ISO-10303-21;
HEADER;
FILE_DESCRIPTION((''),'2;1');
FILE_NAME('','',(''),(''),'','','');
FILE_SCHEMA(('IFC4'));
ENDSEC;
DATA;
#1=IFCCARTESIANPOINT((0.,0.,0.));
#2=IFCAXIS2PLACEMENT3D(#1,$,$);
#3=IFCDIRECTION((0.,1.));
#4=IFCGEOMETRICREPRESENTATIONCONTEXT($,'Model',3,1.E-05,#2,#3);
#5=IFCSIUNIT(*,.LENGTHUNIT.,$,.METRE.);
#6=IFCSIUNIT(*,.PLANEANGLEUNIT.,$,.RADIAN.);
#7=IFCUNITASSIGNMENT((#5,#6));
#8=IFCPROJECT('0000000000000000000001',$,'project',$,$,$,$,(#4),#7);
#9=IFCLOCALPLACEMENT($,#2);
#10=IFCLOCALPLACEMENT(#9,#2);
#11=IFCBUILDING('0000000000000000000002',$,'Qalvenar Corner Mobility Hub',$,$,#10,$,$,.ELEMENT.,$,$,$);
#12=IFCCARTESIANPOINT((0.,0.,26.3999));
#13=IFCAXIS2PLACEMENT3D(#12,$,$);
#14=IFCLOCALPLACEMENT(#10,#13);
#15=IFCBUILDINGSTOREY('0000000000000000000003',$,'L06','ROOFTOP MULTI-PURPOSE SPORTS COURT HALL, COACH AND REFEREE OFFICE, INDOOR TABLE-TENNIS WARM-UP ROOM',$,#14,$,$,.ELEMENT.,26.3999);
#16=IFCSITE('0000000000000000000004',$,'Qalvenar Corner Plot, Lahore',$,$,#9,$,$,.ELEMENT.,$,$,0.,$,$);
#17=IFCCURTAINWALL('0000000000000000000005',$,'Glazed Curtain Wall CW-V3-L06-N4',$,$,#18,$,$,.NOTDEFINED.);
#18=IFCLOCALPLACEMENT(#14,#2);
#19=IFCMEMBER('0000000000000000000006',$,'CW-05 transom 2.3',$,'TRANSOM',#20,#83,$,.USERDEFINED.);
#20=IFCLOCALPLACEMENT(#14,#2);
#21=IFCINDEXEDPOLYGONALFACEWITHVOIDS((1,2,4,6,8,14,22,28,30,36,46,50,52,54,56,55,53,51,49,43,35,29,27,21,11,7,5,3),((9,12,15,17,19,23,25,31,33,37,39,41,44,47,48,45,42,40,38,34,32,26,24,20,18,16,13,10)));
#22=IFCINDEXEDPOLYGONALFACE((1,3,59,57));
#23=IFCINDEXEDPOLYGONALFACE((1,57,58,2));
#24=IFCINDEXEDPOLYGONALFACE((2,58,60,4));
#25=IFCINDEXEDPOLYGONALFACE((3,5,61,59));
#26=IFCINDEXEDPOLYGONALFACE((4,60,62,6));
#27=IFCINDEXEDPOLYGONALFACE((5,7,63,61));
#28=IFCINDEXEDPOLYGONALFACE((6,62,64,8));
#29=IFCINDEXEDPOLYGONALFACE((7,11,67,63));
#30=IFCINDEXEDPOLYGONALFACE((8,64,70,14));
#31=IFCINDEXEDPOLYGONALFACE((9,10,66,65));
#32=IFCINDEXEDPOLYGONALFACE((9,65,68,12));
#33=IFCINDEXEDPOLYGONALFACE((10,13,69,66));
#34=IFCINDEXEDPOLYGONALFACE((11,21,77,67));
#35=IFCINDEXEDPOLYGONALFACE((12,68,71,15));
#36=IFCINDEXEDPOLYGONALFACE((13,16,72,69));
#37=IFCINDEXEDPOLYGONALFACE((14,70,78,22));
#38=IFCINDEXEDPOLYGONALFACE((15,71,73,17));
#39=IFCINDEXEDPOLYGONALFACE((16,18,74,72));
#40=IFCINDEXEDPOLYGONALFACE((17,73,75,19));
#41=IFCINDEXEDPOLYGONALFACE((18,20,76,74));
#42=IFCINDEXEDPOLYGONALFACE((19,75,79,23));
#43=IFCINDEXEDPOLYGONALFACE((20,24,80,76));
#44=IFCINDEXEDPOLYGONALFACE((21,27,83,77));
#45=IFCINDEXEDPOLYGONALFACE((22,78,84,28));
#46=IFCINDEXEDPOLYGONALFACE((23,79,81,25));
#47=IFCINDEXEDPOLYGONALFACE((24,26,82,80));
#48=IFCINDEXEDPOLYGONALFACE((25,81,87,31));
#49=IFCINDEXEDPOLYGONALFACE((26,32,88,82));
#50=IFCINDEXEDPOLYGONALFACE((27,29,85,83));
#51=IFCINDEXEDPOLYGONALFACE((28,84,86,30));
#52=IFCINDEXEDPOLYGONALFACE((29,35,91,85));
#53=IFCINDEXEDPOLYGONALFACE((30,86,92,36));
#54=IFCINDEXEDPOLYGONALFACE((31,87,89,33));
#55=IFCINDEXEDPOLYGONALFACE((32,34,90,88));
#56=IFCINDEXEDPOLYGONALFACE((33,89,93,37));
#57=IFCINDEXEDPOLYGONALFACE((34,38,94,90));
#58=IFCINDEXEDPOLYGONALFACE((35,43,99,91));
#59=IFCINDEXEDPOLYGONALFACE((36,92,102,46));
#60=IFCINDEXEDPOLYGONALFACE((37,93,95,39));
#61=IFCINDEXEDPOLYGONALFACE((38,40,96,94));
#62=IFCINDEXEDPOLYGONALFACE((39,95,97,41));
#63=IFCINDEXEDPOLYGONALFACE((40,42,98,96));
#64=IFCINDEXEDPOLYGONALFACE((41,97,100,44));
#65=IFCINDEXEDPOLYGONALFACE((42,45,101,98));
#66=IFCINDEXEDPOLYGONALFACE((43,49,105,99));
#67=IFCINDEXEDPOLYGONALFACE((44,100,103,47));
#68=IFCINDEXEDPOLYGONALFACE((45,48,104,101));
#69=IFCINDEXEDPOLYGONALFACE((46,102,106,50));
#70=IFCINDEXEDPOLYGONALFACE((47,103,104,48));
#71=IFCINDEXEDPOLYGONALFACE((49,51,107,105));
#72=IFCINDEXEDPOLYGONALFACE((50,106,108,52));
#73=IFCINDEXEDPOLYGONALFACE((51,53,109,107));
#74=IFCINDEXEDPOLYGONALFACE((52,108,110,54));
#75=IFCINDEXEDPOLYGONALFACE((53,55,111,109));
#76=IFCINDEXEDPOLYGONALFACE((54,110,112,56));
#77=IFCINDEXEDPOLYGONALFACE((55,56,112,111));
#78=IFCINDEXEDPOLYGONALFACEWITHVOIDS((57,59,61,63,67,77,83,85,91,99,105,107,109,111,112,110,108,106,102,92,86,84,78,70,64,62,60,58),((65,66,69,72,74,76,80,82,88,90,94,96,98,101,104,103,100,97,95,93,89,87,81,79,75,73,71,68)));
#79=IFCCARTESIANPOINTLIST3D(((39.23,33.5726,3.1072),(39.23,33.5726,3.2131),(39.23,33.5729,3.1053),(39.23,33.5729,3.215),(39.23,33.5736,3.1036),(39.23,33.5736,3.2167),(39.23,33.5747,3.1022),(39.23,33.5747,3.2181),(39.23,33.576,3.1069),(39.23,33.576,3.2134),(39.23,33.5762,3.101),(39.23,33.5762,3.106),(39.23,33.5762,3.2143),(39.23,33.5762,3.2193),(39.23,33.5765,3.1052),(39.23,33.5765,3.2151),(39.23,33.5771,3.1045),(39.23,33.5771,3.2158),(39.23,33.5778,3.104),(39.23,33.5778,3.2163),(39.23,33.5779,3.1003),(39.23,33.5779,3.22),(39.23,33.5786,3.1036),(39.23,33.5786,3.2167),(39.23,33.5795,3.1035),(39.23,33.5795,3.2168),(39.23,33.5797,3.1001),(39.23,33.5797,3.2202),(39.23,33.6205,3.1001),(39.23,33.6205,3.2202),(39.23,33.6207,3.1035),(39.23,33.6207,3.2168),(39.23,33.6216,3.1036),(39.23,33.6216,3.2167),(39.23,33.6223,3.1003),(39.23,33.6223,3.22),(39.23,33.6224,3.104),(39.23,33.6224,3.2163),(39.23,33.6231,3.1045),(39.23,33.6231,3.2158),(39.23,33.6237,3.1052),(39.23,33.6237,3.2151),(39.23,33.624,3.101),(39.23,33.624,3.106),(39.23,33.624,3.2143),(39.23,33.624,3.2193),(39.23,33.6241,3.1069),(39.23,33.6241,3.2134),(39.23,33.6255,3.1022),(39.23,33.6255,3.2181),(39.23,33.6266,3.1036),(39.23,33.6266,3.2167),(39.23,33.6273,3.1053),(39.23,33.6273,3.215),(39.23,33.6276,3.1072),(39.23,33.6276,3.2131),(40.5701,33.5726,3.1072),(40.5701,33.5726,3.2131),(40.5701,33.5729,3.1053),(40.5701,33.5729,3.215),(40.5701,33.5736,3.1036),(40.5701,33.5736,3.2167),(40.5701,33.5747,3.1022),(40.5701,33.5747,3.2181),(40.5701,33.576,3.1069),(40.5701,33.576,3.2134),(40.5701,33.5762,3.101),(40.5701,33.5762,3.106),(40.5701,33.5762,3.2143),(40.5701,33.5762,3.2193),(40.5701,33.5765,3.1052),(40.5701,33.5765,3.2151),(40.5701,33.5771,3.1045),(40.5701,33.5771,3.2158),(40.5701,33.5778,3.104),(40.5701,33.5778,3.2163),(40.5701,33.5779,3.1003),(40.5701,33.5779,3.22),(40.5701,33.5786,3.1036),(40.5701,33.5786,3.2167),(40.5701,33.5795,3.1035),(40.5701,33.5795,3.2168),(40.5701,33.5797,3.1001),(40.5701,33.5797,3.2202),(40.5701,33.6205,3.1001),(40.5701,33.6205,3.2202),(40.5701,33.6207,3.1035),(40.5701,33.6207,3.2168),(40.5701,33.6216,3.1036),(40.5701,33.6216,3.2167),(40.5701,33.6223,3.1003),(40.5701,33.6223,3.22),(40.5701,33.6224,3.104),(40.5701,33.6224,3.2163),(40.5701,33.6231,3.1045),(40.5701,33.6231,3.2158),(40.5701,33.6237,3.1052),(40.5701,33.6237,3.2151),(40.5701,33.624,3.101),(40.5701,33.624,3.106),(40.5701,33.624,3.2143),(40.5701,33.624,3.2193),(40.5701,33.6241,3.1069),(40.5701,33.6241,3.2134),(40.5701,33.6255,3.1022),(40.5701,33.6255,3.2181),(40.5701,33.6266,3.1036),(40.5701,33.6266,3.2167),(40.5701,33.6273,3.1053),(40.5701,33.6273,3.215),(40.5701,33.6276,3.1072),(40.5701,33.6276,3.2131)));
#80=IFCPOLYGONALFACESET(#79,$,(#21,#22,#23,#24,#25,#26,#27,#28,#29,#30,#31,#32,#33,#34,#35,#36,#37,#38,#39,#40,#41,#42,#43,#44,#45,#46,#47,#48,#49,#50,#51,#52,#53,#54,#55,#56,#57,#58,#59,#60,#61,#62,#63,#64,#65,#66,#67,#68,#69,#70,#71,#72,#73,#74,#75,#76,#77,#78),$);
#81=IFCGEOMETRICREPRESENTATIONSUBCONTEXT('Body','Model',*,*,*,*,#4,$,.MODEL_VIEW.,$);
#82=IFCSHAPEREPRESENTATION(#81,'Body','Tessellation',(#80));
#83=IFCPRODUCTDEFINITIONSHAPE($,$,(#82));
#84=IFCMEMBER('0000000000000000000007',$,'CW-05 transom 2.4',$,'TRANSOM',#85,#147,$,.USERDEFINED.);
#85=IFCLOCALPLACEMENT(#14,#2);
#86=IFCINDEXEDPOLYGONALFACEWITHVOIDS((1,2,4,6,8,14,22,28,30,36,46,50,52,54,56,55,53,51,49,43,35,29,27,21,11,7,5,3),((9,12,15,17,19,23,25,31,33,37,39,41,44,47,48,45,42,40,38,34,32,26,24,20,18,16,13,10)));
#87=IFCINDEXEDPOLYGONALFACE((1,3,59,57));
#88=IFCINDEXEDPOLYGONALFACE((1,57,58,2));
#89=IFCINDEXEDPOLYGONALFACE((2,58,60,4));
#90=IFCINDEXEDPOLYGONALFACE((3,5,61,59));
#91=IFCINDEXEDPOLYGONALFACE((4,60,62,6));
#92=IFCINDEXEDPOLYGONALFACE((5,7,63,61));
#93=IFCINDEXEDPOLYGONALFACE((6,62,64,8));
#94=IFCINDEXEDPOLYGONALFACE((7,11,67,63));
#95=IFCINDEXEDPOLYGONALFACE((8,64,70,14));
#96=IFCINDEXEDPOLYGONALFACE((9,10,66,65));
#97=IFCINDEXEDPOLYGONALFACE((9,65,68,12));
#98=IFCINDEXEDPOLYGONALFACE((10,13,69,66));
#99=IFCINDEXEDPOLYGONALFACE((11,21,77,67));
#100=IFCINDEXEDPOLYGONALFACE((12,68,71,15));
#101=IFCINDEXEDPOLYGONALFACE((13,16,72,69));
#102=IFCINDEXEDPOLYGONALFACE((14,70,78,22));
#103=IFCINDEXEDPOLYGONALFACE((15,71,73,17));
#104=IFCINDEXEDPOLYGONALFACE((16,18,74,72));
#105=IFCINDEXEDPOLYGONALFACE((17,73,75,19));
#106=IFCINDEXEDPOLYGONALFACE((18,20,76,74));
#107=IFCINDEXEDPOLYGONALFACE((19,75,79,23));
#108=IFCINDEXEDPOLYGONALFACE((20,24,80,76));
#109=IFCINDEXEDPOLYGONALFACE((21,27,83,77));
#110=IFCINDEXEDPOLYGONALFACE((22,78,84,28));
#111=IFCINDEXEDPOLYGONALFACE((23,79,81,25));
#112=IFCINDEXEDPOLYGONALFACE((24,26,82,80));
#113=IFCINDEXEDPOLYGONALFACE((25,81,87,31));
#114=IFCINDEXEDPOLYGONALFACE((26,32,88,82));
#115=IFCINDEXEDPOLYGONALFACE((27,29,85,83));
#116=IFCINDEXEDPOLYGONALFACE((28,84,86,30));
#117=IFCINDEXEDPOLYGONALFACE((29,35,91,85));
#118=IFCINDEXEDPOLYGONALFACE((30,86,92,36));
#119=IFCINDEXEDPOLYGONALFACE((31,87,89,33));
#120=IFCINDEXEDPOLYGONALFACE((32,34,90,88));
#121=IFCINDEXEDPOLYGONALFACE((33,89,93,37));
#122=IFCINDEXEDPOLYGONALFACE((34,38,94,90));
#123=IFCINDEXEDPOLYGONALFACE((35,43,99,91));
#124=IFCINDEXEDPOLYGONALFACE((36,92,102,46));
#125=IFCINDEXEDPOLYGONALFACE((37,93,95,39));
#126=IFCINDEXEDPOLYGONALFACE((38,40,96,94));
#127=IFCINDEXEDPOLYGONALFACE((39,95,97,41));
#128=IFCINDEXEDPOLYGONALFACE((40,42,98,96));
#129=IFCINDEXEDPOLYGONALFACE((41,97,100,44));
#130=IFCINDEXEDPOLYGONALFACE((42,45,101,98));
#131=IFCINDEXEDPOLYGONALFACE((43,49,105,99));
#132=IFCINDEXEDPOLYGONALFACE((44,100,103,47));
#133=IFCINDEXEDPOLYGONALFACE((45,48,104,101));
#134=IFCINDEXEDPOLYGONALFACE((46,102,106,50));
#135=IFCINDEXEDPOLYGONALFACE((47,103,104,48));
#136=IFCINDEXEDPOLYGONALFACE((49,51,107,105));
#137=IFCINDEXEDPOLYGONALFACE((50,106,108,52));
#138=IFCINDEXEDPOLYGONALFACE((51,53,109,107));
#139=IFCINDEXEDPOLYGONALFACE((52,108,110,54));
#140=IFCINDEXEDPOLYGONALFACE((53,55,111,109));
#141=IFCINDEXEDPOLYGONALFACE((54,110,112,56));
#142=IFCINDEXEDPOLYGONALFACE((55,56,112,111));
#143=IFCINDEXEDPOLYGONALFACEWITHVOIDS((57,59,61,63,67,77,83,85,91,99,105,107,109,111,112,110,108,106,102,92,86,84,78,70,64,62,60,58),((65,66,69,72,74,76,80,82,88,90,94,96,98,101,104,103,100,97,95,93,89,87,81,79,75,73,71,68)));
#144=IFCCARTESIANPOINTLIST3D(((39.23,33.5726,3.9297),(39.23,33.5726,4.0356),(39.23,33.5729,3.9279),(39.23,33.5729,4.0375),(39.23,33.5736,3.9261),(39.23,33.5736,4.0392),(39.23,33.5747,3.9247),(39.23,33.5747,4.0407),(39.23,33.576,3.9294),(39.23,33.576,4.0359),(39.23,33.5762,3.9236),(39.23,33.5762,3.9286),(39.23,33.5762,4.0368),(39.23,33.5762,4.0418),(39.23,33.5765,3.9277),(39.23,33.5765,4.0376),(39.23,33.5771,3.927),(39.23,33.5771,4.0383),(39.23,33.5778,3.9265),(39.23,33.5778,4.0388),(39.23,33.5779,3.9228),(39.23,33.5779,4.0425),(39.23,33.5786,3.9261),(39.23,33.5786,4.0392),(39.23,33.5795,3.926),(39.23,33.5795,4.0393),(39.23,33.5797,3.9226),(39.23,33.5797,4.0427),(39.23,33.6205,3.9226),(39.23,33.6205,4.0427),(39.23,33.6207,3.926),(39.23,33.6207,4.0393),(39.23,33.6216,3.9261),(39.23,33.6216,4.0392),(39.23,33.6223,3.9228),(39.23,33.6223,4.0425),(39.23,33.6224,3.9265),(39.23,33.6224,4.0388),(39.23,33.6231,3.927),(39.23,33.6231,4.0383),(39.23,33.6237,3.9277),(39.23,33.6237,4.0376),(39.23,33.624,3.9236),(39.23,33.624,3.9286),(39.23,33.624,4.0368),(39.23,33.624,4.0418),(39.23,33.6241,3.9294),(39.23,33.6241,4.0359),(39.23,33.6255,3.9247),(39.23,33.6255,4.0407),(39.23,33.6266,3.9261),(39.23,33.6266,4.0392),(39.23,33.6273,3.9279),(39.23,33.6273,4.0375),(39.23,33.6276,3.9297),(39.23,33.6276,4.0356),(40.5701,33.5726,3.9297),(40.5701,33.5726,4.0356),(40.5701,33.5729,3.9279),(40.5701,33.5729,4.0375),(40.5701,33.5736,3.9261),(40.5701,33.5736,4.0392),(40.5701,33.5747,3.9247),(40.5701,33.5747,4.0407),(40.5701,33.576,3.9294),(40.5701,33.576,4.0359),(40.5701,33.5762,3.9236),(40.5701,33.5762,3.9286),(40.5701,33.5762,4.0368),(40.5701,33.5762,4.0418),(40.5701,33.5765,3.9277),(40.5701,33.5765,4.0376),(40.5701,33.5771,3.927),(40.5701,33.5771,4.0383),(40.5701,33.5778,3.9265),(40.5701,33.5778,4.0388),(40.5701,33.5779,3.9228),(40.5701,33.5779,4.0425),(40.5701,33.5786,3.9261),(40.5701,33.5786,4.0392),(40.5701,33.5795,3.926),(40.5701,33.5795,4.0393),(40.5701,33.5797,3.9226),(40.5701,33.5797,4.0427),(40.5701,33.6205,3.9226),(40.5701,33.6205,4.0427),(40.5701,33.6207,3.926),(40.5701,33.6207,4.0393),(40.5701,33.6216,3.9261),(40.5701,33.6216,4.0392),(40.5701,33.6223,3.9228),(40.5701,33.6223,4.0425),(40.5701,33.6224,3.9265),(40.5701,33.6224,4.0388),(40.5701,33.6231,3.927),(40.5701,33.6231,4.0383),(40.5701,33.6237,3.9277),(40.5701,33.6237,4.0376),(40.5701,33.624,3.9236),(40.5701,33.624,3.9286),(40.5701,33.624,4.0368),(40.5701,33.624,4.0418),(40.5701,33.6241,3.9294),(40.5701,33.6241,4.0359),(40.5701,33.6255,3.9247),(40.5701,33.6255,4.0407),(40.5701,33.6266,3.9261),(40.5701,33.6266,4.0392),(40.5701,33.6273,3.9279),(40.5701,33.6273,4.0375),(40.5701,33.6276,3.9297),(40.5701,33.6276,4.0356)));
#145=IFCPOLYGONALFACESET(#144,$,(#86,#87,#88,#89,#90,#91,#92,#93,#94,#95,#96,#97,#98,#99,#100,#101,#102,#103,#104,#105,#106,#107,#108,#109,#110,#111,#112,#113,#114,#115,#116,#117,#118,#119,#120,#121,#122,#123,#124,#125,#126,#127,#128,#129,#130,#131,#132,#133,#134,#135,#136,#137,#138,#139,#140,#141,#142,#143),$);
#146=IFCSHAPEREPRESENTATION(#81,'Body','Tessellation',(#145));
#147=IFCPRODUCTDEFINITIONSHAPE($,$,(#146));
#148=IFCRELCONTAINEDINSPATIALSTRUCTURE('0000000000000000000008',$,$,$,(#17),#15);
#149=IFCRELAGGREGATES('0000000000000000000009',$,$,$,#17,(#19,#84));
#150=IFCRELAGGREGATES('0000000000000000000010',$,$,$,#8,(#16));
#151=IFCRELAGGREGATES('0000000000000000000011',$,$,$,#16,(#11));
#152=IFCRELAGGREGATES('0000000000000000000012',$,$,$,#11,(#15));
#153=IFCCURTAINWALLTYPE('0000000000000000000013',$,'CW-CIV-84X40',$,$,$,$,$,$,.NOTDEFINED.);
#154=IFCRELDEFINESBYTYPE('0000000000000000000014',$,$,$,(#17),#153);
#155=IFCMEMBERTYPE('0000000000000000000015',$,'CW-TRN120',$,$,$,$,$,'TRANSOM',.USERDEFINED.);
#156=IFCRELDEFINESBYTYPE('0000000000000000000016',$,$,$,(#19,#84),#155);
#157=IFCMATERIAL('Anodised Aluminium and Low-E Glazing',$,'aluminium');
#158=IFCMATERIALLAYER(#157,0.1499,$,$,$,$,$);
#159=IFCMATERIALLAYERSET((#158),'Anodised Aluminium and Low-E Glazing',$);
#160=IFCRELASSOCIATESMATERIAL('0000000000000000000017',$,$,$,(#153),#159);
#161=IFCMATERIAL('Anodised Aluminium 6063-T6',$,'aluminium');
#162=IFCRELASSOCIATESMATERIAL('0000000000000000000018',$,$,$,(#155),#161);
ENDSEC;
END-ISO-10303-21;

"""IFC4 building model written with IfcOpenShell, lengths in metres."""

from ifc_helpers import new_model, si_unit, direction, frame, origin, origin_2d, place, context, subcontext, project, spatial, hollow_rectangle, extrude, material, layer, layer_set, material_profile, profile_set, type_object, element, aggregate, save


model = new_model("IFC4")

# Units and contexts
model_context = context("Model", 3, precision=1e-05, world=origin(), true_north=direction((0.0, 1.0)))
body_context = subcontext(model_context, "Body", "Model", "MODEL_VIEW")
ifc_project = project(units=[si_unit("LENGTHUNIT", "METRE"), si_unit("PLANEANGLEUNIT", "RADIAN")], contexts=[model_context])

# Site, building, storey
site_placement = place(None, origin())
site = spatial("IfcSite", under=ifc_project, at=site_placement, Name="Qalvenar Corner Plot, Lahore", CompositionType="ELEMENT", RefElevation=0.0)
building_placement = place(site_placement, origin())
building = spatial("IfcBuilding", under=site, at=building_placement, Name="Qalvenar Corner Mobility Hub", CompositionType="ELEMENT")
storey_placement = place(building_placement, frame((0.0, 0.0, 26.3999)))
storey = spatial("IfcBuildingStorey", under=building, at=storey_placement, Name="L06", Description="ROOFTOP MULTI-PURPOSE SPORTS COURT HALL, COACH AND REFEREE OFFICE, INDOOR TABLE-TENNIS WARM-UP ROOM", CompositionType="ELEMENT", Elevation=26.3999)

# Curtain wall, members
ifc_material_1 = material(Name="Anodised Aluminium and Low-E Glazing", Category="aluminium")
ifc_layer_1 = layer(ifc_material_1, 0.1499)
ifc_layer_set_1 = layer_set([ifc_layer_1], Name="Anodised Aluminium and Low-E Glazing")
curtain_wall_type = type_object("IfcCurtainWallType", Name="CW-CIV-84X40", PredefinedType="NOTDEFINED", material=ifc_layer_set_1)
curtain_wall_placement = place(storey_placement, origin())
curtain_wall = element("IfcCurtainWall", 1, at=curtain_wall_placement, inside=storey, type_object=curtain_wall_type, Name="Glazed Curtain Wall CW-V3-L06-N4", PredefinedType="NOTDEFINED")
ifc_material_2 = material(Name="Anodised Aluminium 6063-T6", Category="aluminium")
ifc_material_profile_1 = material_profile(ifc_material_2, hollow_rectangle(XDim=0.0549, YDim=0.1201, WallThickness=0.0034, InnerFilletRadius=0.0034, OuterFilletRadius=0.0071, at=origin_2d()), Name="RHS120x55x3.5")
ifc_profile_set_1 = profile_set([ifc_material_profile_1], Name="Anodised Aluminium 6063-T6")
member_type_1 = type_object("IfcMemberType", Name="CW-TRN120", ElementType="TRANSOM", PredefinedType="USERDEFINED", material=ifc_profile_set_1)
member_1_placement = place(storey_placement, frame((40.5701, 33.6001, 3.1602), z_axis=(-1.0, 0.0, 0.0), x_axis=(0.0, -1.0, 0.0)))
member_1 = element("IfcMember", 2, at=member_1_placement, type_object=member_type_1, Name="CW-05 transom 2.3", ObjectType="TRANSOM", PredefinedType="USERDEFINED", context=body_context, shape_type="SweptSolid", body=[
    extrude(hollow_rectangle(XDim=0.0549, YDim=0.1201, WallThickness=0.0034, InnerFilletRadius=0.0034, OuterFilletRadius=0.0071, at=origin_2d()), origin(), (0.0, 0.0, 1.0), 1.3401),
])
member_2_placement = place(storey_placement, frame((40.5701, 33.6001, 3.9827), z_axis=(-1.0, 0.0, 0.0), x_axis=(0.0, -1.0, 0.0)))
member_2 = element("IfcMember", 3, at=member_2_placement, type_object=member_type_1, Name="CW-05 transom 2.4", ObjectType="TRANSOM", PredefinedType="USERDEFINED", context=body_context, shape_type="SweptSolid", body=[
    extrude(hollow_rectangle(XDim=0.0549, YDim=0.1201, WallThickness=0.0034, InnerFilletRadius=0.0034, OuterFilletRadius=0.0071, at=origin_2d()), origin(), (0.0, 0.0, 1.0), 1.3401),
])
aggregate(curtain_wall, [member_1, member_2])

save(model, "model.ifc")
